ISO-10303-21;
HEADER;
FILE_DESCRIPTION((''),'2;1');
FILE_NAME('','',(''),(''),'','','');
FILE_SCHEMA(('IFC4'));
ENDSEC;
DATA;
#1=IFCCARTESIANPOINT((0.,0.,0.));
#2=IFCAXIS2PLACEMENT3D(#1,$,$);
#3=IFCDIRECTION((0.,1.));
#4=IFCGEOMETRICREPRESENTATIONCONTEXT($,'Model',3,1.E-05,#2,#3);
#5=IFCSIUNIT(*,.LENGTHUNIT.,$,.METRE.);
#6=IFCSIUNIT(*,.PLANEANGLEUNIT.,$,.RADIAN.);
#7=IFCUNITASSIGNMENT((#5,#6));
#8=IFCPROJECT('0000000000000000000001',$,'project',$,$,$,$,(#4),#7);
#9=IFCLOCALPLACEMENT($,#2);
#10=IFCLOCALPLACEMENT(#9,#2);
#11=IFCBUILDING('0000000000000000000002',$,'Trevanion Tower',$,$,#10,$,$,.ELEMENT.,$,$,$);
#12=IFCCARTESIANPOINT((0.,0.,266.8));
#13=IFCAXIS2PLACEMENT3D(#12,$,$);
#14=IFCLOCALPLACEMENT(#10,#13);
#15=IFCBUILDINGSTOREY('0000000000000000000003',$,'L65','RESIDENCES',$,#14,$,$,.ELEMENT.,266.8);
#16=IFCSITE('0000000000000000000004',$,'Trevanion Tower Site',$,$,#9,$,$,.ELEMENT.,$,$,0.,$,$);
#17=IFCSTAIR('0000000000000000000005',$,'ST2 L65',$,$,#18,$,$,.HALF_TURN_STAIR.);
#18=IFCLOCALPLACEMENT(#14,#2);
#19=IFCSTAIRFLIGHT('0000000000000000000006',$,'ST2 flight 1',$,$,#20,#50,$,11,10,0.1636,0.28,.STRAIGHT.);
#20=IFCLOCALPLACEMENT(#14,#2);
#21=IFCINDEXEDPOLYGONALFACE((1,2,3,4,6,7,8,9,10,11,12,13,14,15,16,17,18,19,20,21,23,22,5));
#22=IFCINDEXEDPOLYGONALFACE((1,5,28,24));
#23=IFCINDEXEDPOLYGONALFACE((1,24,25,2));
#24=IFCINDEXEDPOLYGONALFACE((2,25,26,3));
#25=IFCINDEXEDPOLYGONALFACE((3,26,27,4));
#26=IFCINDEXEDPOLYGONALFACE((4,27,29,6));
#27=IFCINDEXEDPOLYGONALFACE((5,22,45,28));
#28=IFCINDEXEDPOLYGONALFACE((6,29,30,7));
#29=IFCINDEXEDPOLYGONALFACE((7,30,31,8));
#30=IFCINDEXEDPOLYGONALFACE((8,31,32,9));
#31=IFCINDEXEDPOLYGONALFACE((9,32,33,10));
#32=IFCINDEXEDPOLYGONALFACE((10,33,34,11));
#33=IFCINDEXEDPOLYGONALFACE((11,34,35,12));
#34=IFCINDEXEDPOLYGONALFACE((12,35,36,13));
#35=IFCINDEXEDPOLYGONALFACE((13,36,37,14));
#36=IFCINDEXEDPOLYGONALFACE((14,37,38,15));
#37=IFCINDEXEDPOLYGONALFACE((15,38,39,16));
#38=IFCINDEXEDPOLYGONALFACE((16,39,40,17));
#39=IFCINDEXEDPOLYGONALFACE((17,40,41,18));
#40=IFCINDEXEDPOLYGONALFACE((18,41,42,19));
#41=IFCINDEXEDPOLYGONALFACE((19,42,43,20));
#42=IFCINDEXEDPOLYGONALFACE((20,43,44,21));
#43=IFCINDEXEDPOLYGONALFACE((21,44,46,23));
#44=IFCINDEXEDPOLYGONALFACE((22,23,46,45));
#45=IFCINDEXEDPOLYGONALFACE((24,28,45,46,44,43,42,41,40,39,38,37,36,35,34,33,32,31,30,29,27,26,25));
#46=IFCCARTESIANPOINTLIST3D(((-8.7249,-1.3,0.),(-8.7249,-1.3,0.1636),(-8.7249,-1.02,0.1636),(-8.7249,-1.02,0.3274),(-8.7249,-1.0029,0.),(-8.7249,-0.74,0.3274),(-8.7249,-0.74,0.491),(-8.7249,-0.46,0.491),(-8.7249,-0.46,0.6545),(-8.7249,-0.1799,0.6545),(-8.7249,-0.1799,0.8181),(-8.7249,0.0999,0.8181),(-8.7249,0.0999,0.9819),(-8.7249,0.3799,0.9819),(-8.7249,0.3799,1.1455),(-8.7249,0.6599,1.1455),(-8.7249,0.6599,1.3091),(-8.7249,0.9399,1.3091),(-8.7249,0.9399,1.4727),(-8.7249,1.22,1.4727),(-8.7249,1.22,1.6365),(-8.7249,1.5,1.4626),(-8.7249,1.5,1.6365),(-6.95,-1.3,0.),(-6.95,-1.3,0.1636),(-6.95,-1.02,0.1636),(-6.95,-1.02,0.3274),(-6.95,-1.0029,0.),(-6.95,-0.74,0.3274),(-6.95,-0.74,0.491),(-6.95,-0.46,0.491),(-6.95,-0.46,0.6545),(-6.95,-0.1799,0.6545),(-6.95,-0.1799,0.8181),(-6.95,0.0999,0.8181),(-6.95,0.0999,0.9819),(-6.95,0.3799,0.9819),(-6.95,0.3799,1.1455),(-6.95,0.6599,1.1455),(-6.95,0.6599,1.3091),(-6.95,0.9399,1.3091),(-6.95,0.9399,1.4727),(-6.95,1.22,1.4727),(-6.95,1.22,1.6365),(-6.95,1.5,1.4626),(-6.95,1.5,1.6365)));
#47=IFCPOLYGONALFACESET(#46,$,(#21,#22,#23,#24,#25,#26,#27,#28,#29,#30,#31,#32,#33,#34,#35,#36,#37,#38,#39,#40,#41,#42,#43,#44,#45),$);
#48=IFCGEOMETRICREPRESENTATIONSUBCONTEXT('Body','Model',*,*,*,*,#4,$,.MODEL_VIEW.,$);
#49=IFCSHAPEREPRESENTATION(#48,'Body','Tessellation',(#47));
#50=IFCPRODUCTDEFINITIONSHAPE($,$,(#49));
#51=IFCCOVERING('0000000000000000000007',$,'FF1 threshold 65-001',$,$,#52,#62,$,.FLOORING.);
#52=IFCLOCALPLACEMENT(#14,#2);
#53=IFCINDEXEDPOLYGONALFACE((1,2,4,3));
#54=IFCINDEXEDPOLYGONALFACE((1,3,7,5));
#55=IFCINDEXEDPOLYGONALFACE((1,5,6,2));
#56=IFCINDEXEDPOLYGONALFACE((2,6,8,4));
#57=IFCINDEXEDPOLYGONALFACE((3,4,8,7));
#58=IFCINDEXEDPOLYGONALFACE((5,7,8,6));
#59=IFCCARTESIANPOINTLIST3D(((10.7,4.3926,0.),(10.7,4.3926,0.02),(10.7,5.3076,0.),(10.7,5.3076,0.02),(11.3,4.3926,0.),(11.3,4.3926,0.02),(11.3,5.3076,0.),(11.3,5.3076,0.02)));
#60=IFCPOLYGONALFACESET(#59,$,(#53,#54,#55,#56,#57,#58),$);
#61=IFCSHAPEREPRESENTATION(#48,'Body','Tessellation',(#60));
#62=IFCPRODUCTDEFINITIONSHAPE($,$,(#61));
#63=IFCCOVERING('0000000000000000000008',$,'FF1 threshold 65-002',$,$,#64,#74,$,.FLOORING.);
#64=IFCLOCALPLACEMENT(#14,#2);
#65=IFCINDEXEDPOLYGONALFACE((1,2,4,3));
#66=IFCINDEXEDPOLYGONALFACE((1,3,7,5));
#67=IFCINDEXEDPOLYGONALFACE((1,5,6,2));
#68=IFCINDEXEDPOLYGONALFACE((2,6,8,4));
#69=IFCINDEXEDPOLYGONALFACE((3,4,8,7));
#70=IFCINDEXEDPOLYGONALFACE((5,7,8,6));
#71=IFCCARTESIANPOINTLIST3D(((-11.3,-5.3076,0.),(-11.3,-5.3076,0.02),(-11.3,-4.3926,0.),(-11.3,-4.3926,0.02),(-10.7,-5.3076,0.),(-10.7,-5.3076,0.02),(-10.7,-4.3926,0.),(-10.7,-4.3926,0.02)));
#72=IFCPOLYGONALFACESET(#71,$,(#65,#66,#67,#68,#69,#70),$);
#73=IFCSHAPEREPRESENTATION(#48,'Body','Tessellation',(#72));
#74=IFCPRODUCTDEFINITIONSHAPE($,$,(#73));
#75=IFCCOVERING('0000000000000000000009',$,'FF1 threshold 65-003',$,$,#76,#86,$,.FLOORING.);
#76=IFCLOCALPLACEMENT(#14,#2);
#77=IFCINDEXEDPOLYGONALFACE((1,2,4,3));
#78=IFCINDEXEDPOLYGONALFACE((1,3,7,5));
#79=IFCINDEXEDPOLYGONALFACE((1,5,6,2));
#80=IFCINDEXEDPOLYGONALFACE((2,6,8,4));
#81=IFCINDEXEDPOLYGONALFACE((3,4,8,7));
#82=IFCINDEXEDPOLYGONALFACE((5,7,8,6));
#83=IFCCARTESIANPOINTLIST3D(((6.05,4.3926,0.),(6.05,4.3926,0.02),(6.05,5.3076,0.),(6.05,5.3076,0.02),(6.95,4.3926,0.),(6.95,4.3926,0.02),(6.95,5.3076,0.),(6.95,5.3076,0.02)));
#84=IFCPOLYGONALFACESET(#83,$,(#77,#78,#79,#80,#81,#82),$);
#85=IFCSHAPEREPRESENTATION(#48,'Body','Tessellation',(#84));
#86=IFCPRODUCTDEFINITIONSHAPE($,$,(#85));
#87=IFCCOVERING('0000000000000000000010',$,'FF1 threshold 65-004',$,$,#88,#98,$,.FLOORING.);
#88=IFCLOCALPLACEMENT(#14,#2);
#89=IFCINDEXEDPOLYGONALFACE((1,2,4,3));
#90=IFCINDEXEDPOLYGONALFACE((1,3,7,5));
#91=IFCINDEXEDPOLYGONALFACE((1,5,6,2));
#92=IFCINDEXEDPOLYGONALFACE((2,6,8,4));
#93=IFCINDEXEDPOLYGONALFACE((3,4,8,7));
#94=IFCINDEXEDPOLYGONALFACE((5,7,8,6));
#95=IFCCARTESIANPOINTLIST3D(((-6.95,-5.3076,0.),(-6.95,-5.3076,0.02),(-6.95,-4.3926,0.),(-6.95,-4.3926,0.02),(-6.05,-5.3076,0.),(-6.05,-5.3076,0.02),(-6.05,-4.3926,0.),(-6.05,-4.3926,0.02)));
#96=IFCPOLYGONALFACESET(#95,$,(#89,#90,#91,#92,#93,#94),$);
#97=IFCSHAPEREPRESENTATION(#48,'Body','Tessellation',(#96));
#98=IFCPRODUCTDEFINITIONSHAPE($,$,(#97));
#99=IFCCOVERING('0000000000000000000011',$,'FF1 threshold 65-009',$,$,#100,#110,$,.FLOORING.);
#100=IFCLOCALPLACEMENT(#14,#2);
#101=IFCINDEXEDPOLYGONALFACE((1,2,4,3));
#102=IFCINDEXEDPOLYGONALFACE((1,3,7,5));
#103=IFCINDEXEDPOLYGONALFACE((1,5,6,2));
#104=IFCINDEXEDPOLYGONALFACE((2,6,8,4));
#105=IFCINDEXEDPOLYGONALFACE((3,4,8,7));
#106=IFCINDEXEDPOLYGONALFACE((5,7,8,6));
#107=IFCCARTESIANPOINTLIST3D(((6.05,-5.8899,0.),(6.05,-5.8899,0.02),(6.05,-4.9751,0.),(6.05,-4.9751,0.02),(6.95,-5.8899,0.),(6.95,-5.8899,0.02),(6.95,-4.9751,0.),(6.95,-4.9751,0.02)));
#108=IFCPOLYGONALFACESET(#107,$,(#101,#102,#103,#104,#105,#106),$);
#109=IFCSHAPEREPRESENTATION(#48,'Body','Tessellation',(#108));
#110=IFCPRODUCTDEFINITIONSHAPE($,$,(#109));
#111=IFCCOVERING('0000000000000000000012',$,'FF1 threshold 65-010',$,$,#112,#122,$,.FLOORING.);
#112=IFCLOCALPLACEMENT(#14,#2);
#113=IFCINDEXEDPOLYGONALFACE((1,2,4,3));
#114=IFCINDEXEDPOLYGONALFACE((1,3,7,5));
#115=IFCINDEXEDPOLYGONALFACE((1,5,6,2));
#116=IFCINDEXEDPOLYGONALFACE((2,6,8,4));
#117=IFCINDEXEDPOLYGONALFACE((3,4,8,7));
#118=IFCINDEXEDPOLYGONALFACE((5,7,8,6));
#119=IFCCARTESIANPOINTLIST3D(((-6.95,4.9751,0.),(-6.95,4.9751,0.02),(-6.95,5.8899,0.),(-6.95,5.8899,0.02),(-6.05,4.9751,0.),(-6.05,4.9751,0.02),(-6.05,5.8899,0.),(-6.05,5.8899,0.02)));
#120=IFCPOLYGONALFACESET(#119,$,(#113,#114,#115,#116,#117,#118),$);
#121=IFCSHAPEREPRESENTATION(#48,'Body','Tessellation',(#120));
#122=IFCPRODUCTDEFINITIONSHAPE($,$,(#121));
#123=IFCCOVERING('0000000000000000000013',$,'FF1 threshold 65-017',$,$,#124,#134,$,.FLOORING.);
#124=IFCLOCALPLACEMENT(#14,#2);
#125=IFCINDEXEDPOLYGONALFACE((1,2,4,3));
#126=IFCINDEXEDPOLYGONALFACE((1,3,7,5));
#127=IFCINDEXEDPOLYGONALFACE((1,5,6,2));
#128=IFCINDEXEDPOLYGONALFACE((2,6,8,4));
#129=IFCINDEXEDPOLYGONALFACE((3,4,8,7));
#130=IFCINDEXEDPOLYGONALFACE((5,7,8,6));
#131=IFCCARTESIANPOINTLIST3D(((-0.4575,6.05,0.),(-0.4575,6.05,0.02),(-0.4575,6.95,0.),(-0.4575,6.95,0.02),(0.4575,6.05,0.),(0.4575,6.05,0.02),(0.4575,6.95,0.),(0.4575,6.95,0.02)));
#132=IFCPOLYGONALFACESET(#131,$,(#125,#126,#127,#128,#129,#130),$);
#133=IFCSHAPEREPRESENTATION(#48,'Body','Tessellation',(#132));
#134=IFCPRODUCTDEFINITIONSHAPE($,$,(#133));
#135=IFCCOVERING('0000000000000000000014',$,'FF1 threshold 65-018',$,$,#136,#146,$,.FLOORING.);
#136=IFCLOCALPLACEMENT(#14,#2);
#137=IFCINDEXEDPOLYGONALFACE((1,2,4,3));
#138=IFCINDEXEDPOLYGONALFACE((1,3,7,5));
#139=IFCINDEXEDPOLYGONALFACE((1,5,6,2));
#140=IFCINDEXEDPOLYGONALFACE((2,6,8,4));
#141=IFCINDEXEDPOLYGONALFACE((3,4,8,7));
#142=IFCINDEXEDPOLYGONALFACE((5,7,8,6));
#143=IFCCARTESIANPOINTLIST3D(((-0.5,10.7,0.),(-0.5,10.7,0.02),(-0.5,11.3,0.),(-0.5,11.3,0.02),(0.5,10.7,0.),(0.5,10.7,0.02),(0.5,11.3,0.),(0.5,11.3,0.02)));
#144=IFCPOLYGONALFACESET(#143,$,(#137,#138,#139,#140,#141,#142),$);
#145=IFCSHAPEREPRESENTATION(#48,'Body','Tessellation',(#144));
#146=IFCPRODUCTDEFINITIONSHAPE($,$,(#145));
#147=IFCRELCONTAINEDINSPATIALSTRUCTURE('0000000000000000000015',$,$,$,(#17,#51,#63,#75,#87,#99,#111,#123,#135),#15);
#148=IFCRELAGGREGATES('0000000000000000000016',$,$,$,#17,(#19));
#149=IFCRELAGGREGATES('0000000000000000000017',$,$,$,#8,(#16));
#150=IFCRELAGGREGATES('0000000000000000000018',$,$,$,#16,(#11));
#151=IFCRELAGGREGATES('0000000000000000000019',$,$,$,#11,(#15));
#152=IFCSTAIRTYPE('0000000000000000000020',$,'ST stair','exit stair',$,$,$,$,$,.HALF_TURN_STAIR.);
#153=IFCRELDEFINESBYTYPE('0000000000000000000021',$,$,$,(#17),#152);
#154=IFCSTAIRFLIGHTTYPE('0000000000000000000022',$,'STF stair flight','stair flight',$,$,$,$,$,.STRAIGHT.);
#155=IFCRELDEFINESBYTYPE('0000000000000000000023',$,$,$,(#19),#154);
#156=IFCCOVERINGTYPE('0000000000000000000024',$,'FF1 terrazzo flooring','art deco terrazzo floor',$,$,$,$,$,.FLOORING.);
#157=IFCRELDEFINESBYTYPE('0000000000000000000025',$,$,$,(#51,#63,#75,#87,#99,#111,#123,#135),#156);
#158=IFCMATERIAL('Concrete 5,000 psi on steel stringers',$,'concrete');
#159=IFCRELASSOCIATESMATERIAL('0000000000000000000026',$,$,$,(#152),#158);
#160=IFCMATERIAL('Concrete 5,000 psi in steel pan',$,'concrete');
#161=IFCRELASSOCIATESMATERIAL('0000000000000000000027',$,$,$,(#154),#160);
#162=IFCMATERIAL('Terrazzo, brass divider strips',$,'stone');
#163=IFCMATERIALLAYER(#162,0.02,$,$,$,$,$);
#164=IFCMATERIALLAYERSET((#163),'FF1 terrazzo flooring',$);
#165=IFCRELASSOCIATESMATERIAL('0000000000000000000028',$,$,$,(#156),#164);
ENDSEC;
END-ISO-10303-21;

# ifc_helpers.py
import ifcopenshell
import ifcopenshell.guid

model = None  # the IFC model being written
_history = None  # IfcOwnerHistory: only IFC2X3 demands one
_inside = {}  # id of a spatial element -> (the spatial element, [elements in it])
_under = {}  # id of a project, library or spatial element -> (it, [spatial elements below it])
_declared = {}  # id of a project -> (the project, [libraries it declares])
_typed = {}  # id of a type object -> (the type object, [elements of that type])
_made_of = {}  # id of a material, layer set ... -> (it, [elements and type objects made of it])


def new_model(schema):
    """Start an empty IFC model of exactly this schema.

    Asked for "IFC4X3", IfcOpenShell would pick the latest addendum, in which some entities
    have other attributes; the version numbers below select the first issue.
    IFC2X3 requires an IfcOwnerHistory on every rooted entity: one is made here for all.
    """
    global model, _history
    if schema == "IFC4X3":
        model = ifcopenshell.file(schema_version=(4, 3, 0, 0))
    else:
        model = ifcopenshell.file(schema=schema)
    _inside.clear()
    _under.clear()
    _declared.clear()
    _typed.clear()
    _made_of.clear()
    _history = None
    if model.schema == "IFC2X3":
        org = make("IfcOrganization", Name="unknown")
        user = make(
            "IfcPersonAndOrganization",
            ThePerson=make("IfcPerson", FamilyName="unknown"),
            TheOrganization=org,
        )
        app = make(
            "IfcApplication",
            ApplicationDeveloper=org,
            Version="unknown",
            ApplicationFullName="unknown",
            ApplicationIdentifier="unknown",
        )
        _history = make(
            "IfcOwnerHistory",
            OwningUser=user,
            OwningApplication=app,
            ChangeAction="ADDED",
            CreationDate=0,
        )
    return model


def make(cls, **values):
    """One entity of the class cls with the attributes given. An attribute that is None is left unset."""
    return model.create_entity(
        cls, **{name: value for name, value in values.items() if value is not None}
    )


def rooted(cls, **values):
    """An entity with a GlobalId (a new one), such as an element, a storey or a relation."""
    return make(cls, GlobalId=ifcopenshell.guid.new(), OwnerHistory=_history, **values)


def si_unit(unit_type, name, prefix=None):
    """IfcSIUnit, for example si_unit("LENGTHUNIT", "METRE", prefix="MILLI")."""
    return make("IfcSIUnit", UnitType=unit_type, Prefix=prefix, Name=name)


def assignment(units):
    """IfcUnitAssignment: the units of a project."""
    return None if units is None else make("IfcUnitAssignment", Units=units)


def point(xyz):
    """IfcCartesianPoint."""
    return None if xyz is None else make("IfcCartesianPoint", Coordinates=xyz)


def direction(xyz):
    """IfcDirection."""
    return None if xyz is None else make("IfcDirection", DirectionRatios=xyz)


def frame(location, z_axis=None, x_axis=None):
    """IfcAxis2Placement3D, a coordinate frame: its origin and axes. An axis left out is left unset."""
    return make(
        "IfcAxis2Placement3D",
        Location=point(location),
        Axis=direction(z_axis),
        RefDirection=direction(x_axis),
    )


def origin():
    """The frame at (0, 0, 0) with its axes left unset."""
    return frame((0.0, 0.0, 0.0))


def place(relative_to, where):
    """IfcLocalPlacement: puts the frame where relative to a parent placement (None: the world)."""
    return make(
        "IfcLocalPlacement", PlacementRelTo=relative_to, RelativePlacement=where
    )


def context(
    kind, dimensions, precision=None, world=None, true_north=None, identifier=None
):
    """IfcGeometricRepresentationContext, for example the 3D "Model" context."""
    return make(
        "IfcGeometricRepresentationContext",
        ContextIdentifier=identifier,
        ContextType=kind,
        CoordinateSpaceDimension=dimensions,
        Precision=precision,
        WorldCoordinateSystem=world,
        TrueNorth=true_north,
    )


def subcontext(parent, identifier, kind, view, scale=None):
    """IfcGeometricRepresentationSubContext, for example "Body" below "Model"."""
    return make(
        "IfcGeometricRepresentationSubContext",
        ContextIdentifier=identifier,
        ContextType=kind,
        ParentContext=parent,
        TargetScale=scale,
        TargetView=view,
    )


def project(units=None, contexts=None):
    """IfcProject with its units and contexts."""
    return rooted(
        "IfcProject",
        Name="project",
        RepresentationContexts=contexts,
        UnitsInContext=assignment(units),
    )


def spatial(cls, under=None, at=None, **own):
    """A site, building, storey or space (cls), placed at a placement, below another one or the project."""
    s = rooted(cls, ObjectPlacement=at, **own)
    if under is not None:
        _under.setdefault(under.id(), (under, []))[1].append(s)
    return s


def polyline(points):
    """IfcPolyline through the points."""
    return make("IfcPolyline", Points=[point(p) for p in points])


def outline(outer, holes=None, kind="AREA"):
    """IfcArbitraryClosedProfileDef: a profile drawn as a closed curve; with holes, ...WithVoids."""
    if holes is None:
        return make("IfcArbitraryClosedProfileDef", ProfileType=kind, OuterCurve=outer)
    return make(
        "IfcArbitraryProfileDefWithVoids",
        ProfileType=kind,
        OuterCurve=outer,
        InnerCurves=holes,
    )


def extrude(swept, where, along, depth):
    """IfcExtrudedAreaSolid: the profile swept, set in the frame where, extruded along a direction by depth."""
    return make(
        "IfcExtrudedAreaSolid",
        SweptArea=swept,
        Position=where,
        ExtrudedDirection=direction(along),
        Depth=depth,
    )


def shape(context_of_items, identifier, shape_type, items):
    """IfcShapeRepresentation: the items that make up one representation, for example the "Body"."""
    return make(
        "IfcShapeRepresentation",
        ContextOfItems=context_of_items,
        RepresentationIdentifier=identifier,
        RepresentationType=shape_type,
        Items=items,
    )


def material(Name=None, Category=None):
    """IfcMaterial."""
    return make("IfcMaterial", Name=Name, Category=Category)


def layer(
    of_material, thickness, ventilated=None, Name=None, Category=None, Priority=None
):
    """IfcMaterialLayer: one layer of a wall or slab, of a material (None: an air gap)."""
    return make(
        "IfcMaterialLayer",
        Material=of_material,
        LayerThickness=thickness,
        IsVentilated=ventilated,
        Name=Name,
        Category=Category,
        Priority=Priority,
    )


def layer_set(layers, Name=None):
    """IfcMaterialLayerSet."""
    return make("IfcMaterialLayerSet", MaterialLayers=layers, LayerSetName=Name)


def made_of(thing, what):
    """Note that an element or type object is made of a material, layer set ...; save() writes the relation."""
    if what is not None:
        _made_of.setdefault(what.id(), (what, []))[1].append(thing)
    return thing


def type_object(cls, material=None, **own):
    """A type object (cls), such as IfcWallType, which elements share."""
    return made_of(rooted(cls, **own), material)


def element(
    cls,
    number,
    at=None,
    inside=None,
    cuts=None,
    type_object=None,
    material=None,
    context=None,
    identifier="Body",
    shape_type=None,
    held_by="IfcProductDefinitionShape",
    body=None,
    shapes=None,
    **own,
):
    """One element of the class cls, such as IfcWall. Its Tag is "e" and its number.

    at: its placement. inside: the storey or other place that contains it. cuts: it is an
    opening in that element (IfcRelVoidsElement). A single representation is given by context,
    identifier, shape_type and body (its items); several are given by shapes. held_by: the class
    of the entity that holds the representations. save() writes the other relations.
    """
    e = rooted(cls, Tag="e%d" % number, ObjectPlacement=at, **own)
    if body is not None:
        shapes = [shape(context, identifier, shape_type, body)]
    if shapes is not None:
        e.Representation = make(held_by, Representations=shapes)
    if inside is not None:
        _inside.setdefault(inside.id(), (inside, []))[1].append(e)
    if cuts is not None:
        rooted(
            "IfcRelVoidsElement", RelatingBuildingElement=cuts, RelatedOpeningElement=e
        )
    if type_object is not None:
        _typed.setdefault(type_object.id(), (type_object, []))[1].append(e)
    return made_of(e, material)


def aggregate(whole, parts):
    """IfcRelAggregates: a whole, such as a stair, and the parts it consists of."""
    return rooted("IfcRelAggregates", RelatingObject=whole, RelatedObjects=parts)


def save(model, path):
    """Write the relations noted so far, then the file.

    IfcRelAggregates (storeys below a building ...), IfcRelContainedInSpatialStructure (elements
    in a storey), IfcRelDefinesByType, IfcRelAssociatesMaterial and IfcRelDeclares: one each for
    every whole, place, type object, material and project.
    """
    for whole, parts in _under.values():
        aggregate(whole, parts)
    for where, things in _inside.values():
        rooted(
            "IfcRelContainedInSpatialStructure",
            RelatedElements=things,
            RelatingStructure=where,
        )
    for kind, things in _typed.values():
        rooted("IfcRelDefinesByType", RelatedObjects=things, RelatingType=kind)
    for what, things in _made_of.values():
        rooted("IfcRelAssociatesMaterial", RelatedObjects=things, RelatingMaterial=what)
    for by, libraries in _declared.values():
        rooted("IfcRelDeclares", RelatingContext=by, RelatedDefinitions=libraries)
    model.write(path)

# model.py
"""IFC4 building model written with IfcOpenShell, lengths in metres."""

from ifc_helpers import new_model, si_unit, direction, frame, origin, place, context, subcontext, project, spatial, polyline, outline, extrude, material, layer, layer_set, type_object, element, aggregate, save


model = new_model("IFC4")

# Units and contexts
model_context = context("Model", 3, precision=1e-05, world=origin(), true_north=direction((0.0, 1.0)))
body_context = subcontext(model_context, "Body", "Model", "MODEL_VIEW")
ifc_project = project(units=[si_unit("LENGTHUNIT", "METRE"), si_unit("PLANEANGLEUNIT", "RADIAN")], contexts=[model_context])

# Site, building, storey
site_placement = place(None, origin())
site = spatial("IfcSite", under=ifc_project, at=site_placement, Name="Trevanion Tower Site", CompositionType="ELEMENT", RefElevation=0.0)
building_placement = place(site_placement, origin())
building = spatial("IfcBuilding", under=site, at=building_placement, Name="Trevanion Tower", CompositionType="ELEMENT")
storey_placement = place(building_placement, frame((0.0, 0.0, 266.8)))
storey = spatial("IfcBuildingStorey", under=building, at=storey_placement, Name="L65", Description="RESIDENCES", CompositionType="ELEMENT", Elevation=266.8)

# Stair, stair flight
ifc_material_1 = material(Name="Concrete 5,000 psi on steel stringers", Category="concrete")
stair_type = type_object("IfcStairType", Name="ST stair", Description="exit stair", PredefinedType="HALF_TURN_STAIR", material=ifc_material_1)
stair_placement = place(storey_placement, origin())
stair = element("IfcStair", 1, at=stair_placement, inside=storey, type_object=stair_type, Name="ST2 L65", PredefinedType="HALF_TURN_STAIR")
ifc_material_2 = material(Name="Concrete 5,000 psi in steel pan", Category="concrete")
stair_flight_type = type_object("IfcStairFlightType", Name="STF stair flight", Description="stair flight", PredefinedType="STRAIGHT", material=ifc_material_2)
stair_flight_placement = place(storey_placement, frame((-7.8374, -1.3, 0.0), z_axis=(0.0, 0.0, 1.0), x_axis=(0.0, 1.0, 0.0)))
stair_flight = element("IfcStairFlight", 2, at=stair_flight_placement, type_object=stair_flight_type, Name="ST2 flight 1", NumberOfRisers=11, NumberOfTreads=10, PredefinedType="STRAIGHT", RiserHeight=0.1636, TreadLength=0.28, context=body_context, shape_type="SweptSolid", body=[
    extrude(outline(polyline([(0.0, 0.0), (0.0, 0.1636), (0.28, 0.1636), (0.28, 0.3274), (0.5601, 0.3274), (0.5601, 0.491), (0.8401, 0.491), (0.8401, 0.6545), (1.1201, 0.6545), (1.1201, 0.8181), (1.3999, 0.8181), (1.3999, 0.9819), (1.6799, 0.9819), (1.6799, 1.1455), (1.96, 1.1455), (1.96, 1.3091), (2.24, 1.3091), (2.24, 1.4727), (2.52, 1.4727), (2.52, 1.6365), (2.8, 1.6365), (2.8, 1.8), (2.8, 1.4626), (0.2971, 0.0), (0.0, 0.0)])), frame((0.0, 0.8875, 0.0), z_axis=(0.0, -1.0, 0.0), x_axis=(1.0, 0.0, 0.0)), (0.0, 0.0, 1.0), 1.7749),
])
aggregate(stair, [stair_flight])

# Coverings
ifc_material_3 = material(Name="Terrazzo, brass divider strips", Category="stone")
ifc_layer_1 = layer(ifc_material_3, 0.02)
ifc_layer_set_1 = layer_set([ifc_layer_1], Name="FF1 terrazzo flooring")
covering_type = type_object("IfcCoveringType", Name="FF1 terrazzo flooring", Description="art deco terrazzo floor", PredefinedType="FLOORING", material=ifc_layer_set_1)
covering_1_placement = place(storey_placement, origin())
element("IfcCovering", 3, at=covering_1_placement, inside=storey, type_object=covering_type, Name="FF1 threshold 65-001", PredefinedType="FLOORING", context=body_context, shape_type="SweptSolid", body=[
    extrude(outline(polyline([(11.3, 4.3926), (11.3, 5.3076), (10.7, 5.3076), (10.7, 4.3926), (11.3, 4.3926)])), origin(), (0.0, 0.0, 1.0), 0.02),
])
covering_2_placement = place(storey_placement, origin())
element("IfcCovering", 4, at=covering_2_placement, inside=storey, type_object=covering_type, Name="FF1 threshold 65-002", PredefinedType="FLOORING", context=body_context, shape_type="SweptSolid", body=[
    extrude(outline(polyline([(-11.3, -4.3926), (-11.3, -5.3076), (-10.7, -5.3076), (-10.7, -4.3926), (-11.3, -4.3926)])), origin(), (0.0, 0.0, 1.0), 0.02),
])
covering_3_placement = place(storey_placement, origin())
element("IfcCovering", 5, at=covering_3_placement, inside=storey, type_object=covering_type, Name="FF1 threshold 65-003", PredefinedType="FLOORING", context=body_context, shape_type="SweptSolid", body=[
    extrude(outline(polyline([(6.95, 4.3926), (6.95, 5.3076), (6.05, 5.3076), (6.05, 4.3926), (6.95, 4.3926)])), origin(), (0.0, 0.0, 1.0), 0.02),
])
covering_4_placement = place(storey_placement, origin())
element("IfcCovering", 6, at=covering_4_placement, inside=storey, type_object=covering_type, Name="FF1 threshold 65-004", PredefinedType="FLOORING", context=body_context, shape_type="SweptSolid", body=[
    extrude(outline(polyline([(-6.95, -4.3926), (-6.95, -5.3076), (-6.05, -5.3076), (-6.05, -4.3926), (-6.95, -4.3926)])), origin(), (0.0, 0.0, 1.0), 0.02),
])
covering_5_placement = place(storey_placement, origin())
element("IfcCovering", 7, at=covering_5_placement, inside=storey, type_object=covering_type, Name="FF1 threshold 65-009", PredefinedType="FLOORING", context=body_context, shape_type="SweptSolid", body=[
    extrude(outline(polyline([(6.95, -5.8899), (6.95, -4.9751), (6.05, -4.9751), (6.05, -5.8899), (6.95, -5.8899)])), origin(), (0.0, 0.0, 1.0), 0.02),
])
covering_6_placement = place(storey_placement, origin())
element("IfcCovering", 8, at=covering_6_placement, inside=storey, type_object=covering_type, Name="FF1 threshold 65-010", PredefinedType="FLOORING", context=body_context, shape_type="SweptSolid", body=[
    extrude(outline(polyline([(-6.95, 5.8899), (-6.95, 4.9751), (-6.05, 4.9751), (-6.05, 5.8899), (-6.95, 5.8899)])), origin(), (0.0, 0.0, 1.0), 0.02),
])
covering_7_placement = place(storey_placement, origin())
element("IfcCovering", 9, at=covering_7_placement, inside=storey, type_object=covering_type, Name="FF1 threshold 65-017", PredefinedType="FLOORING", context=body_context, shape_type="SweptSolid", body=[
    extrude(outline(polyline([(0.4575, 6.95), (-0.4575, 6.95), (-0.4575, 6.05), (0.4575, 6.05), (0.4575, 6.95)])), origin(), (0.0, 0.0, 1.0), 0.02),
])
covering_8_placement = place(storey_placement, origin())
element("IfcCovering", 10, at=covering_8_placement, inside=storey, type_object=covering_type, Name="FF1 threshold 65-018", PredefinedType="FLOORING", context=body_context, shape_type="SweptSolid", body=[
    extrude(outline(polyline([(0.5, 11.3), (-0.5, 11.3), (-0.5, 10.7), (0.5, 10.7), (0.5, 11.3)])), origin(), (0.0, 0.0, 1.0), 0.02),
])

save(model, "model.ifc")
